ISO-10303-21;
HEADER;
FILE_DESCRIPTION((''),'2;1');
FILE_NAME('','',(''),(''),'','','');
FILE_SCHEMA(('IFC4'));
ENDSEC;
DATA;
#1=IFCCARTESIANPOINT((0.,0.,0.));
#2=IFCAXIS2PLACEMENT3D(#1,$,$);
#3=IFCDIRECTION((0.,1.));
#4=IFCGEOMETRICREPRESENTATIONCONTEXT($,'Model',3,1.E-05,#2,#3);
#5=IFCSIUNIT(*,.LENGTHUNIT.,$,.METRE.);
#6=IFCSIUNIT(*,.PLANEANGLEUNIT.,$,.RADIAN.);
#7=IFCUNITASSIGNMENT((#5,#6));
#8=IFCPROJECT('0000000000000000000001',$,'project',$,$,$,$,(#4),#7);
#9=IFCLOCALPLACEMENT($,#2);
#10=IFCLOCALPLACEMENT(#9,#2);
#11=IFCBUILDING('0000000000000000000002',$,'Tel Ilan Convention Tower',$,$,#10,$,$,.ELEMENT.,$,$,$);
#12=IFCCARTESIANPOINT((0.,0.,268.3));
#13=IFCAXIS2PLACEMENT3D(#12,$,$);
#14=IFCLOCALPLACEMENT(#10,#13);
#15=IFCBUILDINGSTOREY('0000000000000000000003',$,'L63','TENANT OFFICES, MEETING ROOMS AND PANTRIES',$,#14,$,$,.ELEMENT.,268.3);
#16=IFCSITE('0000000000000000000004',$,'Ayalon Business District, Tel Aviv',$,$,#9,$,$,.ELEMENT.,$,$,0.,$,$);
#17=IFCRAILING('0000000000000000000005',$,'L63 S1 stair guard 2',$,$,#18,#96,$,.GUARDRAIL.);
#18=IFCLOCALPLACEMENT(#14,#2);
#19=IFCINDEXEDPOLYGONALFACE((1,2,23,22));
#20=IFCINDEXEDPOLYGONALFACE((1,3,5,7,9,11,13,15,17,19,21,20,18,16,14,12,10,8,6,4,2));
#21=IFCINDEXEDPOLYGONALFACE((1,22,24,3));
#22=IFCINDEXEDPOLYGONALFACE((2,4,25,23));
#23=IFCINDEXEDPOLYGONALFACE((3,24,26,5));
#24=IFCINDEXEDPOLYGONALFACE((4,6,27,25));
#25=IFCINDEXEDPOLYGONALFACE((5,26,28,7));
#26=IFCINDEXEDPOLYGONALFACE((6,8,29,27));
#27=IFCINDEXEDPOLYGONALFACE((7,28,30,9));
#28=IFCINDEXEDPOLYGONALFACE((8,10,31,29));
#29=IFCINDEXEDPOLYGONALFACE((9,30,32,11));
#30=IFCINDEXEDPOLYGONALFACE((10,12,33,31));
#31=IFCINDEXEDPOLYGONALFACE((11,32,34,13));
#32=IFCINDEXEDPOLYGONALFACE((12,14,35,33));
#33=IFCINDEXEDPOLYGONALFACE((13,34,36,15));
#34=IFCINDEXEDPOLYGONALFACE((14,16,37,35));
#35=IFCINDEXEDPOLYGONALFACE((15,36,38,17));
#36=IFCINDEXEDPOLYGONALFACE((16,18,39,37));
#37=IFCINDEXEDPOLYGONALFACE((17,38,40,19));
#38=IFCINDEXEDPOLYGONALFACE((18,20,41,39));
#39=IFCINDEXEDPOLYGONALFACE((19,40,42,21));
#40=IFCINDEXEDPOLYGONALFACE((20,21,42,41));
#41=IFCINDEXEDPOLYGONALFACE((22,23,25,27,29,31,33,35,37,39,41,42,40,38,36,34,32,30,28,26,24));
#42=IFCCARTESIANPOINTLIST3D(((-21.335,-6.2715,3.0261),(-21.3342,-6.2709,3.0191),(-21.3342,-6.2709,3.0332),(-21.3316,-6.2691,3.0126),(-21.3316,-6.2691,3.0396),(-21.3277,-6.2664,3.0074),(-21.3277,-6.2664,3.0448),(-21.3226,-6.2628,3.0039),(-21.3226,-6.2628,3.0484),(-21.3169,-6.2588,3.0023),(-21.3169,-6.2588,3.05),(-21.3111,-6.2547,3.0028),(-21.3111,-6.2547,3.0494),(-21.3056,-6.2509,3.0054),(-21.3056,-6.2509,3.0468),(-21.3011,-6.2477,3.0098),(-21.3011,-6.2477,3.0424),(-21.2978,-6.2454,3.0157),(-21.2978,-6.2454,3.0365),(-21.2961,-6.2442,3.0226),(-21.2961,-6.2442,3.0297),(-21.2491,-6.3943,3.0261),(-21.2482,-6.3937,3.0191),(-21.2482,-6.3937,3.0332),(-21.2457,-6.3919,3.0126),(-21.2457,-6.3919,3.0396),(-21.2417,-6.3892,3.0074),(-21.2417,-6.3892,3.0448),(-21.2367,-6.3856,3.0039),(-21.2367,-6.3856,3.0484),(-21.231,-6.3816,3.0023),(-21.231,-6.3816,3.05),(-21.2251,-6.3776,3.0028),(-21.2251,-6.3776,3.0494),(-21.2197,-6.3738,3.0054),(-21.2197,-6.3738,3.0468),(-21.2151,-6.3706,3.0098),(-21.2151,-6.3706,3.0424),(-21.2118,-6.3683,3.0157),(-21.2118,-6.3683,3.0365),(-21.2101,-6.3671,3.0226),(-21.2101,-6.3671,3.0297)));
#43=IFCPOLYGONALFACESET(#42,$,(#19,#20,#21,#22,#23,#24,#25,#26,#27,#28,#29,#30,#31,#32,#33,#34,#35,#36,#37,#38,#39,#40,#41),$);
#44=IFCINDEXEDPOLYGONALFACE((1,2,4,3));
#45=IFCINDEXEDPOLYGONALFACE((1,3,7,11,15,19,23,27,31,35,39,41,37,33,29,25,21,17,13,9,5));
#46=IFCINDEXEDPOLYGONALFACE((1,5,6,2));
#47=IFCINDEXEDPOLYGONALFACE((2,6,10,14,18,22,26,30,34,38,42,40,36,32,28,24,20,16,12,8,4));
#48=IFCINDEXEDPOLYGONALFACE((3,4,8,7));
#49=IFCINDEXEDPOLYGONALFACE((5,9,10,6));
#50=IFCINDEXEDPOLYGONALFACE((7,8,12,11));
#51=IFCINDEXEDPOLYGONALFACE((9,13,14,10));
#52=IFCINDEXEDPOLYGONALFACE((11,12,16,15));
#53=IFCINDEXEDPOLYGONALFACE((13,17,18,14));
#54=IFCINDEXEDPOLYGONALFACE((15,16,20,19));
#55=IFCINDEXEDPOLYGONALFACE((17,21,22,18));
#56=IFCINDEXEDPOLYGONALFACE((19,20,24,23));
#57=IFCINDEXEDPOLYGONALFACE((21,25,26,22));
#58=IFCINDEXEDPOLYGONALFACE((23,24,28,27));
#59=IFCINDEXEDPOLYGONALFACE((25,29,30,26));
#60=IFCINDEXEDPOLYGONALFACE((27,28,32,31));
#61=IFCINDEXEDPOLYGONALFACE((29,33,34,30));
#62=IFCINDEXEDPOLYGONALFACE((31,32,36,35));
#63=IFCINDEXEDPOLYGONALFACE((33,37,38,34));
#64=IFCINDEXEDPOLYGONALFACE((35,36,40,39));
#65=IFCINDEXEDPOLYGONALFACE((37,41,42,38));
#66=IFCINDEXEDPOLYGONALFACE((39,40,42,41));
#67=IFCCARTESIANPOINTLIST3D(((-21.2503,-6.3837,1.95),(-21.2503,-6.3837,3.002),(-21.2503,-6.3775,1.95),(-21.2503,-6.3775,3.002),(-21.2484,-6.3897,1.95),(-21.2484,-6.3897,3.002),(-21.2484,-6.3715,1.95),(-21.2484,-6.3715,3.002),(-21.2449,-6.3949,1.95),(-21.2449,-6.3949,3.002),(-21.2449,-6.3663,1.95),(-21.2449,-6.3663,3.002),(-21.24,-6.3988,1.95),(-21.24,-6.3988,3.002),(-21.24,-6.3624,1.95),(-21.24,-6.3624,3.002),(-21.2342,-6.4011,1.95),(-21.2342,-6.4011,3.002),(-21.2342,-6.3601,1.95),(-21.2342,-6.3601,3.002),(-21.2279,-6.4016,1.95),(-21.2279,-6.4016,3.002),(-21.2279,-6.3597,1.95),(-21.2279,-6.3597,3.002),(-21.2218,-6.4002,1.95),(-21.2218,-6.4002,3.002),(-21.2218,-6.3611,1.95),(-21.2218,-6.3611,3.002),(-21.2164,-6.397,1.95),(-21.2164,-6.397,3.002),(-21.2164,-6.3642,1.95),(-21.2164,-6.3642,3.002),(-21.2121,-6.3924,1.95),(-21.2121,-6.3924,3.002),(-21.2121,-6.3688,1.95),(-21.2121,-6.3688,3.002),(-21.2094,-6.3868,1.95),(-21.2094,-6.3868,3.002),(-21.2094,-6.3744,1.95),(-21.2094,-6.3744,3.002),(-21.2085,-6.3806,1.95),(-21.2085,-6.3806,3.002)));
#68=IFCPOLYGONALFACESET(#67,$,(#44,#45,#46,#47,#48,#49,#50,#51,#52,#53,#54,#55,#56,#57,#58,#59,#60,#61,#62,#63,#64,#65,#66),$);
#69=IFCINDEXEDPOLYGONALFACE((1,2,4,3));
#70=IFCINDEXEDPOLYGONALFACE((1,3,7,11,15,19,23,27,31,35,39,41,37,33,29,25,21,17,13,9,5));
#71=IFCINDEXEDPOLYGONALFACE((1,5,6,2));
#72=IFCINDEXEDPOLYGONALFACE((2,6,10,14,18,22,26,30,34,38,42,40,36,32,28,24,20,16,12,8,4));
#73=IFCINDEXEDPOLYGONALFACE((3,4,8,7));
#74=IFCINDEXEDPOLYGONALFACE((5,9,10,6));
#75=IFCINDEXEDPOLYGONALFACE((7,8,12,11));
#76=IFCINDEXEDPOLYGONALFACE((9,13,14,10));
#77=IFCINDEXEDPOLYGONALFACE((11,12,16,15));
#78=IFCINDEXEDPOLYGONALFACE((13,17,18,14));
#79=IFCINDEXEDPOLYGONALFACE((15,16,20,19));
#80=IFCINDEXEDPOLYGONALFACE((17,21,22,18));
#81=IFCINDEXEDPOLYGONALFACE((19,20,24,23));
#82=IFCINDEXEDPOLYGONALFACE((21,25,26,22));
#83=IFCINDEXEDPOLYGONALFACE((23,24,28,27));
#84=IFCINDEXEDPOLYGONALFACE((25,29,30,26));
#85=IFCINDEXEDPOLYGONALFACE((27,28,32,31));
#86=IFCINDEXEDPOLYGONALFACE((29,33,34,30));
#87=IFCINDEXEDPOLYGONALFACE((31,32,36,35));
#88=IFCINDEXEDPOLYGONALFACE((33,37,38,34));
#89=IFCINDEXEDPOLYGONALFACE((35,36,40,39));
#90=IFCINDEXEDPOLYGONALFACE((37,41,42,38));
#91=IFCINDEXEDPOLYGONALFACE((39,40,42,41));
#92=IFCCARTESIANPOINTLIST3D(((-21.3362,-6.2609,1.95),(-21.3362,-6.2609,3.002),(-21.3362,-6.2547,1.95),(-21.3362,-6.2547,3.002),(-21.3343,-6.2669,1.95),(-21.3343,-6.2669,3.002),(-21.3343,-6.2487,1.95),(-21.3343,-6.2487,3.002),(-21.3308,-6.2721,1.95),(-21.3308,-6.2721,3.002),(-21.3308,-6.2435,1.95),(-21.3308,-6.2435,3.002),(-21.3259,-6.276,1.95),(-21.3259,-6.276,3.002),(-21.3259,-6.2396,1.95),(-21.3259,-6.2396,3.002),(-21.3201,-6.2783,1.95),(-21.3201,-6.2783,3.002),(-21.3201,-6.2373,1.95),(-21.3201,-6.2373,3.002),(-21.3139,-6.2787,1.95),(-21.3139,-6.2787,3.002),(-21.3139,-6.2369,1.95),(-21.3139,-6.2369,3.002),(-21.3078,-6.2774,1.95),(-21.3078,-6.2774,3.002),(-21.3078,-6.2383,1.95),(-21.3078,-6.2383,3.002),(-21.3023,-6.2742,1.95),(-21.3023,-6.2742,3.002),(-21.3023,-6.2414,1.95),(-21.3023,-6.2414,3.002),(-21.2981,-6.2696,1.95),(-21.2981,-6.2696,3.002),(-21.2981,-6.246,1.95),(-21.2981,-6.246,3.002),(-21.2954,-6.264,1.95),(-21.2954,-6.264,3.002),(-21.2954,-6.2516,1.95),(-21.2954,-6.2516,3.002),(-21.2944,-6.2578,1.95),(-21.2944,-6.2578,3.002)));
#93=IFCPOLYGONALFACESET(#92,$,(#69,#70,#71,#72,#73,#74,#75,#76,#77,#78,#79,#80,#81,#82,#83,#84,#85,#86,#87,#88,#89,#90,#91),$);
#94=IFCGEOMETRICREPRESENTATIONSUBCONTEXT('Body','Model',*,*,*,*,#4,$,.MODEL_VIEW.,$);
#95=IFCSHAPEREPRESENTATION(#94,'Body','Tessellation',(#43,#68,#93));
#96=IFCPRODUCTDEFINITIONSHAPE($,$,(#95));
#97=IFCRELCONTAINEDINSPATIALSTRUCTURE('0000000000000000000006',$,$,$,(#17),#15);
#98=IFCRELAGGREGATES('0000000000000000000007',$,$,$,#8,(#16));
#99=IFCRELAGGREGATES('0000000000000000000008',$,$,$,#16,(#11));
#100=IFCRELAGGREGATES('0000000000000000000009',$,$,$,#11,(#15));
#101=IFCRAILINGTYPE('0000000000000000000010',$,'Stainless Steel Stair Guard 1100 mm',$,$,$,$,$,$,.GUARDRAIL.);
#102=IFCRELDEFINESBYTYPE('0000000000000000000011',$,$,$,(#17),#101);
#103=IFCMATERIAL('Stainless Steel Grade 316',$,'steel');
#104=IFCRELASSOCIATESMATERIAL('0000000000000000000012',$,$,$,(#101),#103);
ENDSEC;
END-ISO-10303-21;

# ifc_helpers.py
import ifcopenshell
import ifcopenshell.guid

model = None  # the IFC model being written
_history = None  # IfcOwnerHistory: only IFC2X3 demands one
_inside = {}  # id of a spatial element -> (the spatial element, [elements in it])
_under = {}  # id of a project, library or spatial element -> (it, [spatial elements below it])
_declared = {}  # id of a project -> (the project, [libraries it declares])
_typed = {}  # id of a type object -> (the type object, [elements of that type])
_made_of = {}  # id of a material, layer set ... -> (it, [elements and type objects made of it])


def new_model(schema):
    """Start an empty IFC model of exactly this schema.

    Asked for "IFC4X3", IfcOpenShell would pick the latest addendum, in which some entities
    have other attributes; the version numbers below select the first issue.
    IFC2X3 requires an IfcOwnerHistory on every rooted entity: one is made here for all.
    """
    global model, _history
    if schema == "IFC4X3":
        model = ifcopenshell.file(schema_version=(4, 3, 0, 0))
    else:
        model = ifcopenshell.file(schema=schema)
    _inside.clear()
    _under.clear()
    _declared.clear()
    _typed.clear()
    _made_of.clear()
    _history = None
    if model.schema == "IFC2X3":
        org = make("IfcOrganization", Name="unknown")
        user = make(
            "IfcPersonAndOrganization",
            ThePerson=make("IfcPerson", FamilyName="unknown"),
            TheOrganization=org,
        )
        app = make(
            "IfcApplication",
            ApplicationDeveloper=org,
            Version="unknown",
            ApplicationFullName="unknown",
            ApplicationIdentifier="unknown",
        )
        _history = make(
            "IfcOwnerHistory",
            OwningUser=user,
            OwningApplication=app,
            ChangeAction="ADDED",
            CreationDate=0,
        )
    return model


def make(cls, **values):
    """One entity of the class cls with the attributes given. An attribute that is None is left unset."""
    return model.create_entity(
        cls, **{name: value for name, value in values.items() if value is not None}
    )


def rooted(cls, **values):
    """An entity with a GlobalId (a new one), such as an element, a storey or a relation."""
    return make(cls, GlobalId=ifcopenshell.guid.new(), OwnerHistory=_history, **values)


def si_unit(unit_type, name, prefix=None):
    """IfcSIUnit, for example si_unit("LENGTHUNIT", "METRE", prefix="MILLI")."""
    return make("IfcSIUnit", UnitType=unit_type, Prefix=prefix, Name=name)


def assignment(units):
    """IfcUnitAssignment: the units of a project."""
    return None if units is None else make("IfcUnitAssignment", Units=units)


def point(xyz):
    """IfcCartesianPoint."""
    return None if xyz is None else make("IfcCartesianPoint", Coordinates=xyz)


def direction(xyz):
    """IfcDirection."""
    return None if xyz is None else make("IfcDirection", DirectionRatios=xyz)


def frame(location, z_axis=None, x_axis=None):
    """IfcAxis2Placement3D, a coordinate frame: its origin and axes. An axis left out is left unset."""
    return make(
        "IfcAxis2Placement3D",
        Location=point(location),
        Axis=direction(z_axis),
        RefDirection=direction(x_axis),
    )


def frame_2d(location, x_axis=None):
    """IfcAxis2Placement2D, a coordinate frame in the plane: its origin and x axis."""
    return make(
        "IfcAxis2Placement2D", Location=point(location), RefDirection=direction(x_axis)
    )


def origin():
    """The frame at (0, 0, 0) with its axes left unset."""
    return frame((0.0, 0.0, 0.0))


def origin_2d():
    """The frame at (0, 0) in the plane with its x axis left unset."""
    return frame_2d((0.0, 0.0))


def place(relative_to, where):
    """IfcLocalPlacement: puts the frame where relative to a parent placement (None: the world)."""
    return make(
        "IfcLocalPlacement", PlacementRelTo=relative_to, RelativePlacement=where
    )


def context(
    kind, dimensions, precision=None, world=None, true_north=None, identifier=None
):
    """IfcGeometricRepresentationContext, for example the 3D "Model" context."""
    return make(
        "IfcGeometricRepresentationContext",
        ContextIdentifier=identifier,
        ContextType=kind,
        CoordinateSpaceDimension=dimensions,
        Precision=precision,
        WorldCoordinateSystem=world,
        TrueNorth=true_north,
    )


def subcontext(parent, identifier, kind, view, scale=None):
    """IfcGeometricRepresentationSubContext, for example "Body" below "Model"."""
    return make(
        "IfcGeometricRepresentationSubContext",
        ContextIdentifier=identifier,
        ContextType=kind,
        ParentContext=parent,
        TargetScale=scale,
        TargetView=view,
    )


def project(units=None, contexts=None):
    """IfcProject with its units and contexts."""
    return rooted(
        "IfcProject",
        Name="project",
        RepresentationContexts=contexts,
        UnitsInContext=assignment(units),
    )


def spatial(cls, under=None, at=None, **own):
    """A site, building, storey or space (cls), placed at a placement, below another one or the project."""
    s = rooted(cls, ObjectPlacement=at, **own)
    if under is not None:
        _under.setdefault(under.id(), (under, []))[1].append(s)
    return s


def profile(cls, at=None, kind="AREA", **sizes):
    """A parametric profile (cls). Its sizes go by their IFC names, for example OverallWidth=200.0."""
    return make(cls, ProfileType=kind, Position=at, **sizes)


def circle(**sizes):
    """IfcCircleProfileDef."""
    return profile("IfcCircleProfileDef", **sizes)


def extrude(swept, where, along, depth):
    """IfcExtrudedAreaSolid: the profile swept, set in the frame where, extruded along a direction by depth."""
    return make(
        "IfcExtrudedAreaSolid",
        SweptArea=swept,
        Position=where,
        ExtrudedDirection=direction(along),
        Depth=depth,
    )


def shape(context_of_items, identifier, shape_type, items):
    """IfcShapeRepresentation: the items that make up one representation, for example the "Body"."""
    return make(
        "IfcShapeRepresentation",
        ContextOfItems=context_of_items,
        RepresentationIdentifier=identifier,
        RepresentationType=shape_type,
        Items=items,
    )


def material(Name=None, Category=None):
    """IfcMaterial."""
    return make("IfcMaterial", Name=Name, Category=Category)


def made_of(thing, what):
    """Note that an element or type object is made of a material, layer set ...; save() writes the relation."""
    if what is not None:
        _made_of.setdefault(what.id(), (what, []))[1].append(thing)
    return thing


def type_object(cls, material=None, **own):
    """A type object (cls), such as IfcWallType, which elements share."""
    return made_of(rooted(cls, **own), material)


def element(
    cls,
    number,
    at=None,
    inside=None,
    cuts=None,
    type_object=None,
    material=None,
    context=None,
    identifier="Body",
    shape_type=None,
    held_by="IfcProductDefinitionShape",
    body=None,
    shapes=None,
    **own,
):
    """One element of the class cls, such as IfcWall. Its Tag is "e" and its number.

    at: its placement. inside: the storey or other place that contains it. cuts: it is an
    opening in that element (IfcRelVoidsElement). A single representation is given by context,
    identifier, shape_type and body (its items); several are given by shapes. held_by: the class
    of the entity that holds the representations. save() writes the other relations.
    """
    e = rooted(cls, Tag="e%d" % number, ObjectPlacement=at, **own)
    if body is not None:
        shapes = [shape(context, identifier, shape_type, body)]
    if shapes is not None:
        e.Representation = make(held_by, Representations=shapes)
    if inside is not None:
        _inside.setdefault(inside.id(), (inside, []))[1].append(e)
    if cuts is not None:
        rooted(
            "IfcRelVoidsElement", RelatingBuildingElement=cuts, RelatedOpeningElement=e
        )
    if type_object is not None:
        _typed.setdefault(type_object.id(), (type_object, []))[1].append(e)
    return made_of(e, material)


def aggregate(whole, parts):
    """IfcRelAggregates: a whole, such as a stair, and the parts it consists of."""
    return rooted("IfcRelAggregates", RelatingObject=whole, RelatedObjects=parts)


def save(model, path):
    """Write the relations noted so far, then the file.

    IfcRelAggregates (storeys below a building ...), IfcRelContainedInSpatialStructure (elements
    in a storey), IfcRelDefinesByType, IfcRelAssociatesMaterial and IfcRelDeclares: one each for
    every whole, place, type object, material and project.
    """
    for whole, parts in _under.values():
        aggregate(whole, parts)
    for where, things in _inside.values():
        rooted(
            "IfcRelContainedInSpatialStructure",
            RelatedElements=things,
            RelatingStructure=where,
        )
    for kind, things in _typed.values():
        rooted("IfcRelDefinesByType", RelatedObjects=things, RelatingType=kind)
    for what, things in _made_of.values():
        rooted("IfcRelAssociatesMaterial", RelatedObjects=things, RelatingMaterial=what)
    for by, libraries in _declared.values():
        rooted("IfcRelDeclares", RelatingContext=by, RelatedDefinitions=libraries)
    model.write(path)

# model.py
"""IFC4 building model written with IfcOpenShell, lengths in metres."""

from ifc_helpers import new_model, si_unit, direction, frame, origin, origin_2d, place, context, subcontext, project, spatial, circle, extrude, material, type_object, element, save


model = new_model("IFC4")

# Units and contexts
model_context = context("Model", 3, precision=1e-05, world=origin(), true_north=direction((0.0, 1.0)))
body_context = subcontext(model_context, "Body", "Model", "MODEL_VIEW")
ifc_project = project(units=[si_unit("LENGTHUNIT", "METRE"), si_unit("PLANEANGLEUNIT", "RADIAN")], contexts=[model_context])

# Site, building, storey
site_placement = place(None, origin())
site = spatial("IfcSite", under=ifc_project, at=site_placement, Name="Ayalon Business District, Tel Aviv", CompositionType="ELEMENT", RefElevation=0.0)
building_placement = place(site_placement, origin())
building = spatial("IfcBuilding", under=site, at=building_placement, Name="Tel Ilan Convention Tower", CompositionType="ELEMENT")
storey_placement = place(building_placement, frame((0.0, 0.0, 268.3)))
storey = spatial("IfcBuildingStorey", under=building, at=storey_placement, Name="L63", Description="TENANT OFFICES, MEETING ROOMS AND PANTRIES", CompositionType="ELEMENT", Elevation=268.3)

# Railing
ifc_material_1 = material(Name="Stainless Steel Grade 316", Category="steel")
railing_type_1 = type_object("IfcRailingType", Name="Stainless Steel Stair Guard 1100 mm", PredefinedType="GUARDRAIL", material=ifc_material_1)
railing_1_placement = place(storey_placement, frame((-21.2295, -6.3806, 1.95)))
element("IfcRailing", 1, at=railing_1_placement, inside=storey, type_object=railing_type_1, Name="L63 S1 stair guard 2", PredefinedType="GUARDRAIL", context=body_context, shape_type="SweptSolid", body=[
    extrude(circle(Radius=0.0239, at=origin_2d()), frame((0.0, 0.0, 1.0762), z_axis=(-0.573353, 0.819308, 0.0), x_axis=(-0.819308, -0.573353, 0.0)), (0.0, 0.0, 1.0), 0.1499),
    extrude(circle(Radius=0.021, at=origin_2d()), origin(), (0.0, 0.0, 1.0), 1.052),
    extrude(circle(Radius=0.021, at=origin_2d()), frame((-0.0859, 0.1228, 0.0)), (0.0, 0.0, 1.0), 1.052),
])

save(model, "model.ifc")
